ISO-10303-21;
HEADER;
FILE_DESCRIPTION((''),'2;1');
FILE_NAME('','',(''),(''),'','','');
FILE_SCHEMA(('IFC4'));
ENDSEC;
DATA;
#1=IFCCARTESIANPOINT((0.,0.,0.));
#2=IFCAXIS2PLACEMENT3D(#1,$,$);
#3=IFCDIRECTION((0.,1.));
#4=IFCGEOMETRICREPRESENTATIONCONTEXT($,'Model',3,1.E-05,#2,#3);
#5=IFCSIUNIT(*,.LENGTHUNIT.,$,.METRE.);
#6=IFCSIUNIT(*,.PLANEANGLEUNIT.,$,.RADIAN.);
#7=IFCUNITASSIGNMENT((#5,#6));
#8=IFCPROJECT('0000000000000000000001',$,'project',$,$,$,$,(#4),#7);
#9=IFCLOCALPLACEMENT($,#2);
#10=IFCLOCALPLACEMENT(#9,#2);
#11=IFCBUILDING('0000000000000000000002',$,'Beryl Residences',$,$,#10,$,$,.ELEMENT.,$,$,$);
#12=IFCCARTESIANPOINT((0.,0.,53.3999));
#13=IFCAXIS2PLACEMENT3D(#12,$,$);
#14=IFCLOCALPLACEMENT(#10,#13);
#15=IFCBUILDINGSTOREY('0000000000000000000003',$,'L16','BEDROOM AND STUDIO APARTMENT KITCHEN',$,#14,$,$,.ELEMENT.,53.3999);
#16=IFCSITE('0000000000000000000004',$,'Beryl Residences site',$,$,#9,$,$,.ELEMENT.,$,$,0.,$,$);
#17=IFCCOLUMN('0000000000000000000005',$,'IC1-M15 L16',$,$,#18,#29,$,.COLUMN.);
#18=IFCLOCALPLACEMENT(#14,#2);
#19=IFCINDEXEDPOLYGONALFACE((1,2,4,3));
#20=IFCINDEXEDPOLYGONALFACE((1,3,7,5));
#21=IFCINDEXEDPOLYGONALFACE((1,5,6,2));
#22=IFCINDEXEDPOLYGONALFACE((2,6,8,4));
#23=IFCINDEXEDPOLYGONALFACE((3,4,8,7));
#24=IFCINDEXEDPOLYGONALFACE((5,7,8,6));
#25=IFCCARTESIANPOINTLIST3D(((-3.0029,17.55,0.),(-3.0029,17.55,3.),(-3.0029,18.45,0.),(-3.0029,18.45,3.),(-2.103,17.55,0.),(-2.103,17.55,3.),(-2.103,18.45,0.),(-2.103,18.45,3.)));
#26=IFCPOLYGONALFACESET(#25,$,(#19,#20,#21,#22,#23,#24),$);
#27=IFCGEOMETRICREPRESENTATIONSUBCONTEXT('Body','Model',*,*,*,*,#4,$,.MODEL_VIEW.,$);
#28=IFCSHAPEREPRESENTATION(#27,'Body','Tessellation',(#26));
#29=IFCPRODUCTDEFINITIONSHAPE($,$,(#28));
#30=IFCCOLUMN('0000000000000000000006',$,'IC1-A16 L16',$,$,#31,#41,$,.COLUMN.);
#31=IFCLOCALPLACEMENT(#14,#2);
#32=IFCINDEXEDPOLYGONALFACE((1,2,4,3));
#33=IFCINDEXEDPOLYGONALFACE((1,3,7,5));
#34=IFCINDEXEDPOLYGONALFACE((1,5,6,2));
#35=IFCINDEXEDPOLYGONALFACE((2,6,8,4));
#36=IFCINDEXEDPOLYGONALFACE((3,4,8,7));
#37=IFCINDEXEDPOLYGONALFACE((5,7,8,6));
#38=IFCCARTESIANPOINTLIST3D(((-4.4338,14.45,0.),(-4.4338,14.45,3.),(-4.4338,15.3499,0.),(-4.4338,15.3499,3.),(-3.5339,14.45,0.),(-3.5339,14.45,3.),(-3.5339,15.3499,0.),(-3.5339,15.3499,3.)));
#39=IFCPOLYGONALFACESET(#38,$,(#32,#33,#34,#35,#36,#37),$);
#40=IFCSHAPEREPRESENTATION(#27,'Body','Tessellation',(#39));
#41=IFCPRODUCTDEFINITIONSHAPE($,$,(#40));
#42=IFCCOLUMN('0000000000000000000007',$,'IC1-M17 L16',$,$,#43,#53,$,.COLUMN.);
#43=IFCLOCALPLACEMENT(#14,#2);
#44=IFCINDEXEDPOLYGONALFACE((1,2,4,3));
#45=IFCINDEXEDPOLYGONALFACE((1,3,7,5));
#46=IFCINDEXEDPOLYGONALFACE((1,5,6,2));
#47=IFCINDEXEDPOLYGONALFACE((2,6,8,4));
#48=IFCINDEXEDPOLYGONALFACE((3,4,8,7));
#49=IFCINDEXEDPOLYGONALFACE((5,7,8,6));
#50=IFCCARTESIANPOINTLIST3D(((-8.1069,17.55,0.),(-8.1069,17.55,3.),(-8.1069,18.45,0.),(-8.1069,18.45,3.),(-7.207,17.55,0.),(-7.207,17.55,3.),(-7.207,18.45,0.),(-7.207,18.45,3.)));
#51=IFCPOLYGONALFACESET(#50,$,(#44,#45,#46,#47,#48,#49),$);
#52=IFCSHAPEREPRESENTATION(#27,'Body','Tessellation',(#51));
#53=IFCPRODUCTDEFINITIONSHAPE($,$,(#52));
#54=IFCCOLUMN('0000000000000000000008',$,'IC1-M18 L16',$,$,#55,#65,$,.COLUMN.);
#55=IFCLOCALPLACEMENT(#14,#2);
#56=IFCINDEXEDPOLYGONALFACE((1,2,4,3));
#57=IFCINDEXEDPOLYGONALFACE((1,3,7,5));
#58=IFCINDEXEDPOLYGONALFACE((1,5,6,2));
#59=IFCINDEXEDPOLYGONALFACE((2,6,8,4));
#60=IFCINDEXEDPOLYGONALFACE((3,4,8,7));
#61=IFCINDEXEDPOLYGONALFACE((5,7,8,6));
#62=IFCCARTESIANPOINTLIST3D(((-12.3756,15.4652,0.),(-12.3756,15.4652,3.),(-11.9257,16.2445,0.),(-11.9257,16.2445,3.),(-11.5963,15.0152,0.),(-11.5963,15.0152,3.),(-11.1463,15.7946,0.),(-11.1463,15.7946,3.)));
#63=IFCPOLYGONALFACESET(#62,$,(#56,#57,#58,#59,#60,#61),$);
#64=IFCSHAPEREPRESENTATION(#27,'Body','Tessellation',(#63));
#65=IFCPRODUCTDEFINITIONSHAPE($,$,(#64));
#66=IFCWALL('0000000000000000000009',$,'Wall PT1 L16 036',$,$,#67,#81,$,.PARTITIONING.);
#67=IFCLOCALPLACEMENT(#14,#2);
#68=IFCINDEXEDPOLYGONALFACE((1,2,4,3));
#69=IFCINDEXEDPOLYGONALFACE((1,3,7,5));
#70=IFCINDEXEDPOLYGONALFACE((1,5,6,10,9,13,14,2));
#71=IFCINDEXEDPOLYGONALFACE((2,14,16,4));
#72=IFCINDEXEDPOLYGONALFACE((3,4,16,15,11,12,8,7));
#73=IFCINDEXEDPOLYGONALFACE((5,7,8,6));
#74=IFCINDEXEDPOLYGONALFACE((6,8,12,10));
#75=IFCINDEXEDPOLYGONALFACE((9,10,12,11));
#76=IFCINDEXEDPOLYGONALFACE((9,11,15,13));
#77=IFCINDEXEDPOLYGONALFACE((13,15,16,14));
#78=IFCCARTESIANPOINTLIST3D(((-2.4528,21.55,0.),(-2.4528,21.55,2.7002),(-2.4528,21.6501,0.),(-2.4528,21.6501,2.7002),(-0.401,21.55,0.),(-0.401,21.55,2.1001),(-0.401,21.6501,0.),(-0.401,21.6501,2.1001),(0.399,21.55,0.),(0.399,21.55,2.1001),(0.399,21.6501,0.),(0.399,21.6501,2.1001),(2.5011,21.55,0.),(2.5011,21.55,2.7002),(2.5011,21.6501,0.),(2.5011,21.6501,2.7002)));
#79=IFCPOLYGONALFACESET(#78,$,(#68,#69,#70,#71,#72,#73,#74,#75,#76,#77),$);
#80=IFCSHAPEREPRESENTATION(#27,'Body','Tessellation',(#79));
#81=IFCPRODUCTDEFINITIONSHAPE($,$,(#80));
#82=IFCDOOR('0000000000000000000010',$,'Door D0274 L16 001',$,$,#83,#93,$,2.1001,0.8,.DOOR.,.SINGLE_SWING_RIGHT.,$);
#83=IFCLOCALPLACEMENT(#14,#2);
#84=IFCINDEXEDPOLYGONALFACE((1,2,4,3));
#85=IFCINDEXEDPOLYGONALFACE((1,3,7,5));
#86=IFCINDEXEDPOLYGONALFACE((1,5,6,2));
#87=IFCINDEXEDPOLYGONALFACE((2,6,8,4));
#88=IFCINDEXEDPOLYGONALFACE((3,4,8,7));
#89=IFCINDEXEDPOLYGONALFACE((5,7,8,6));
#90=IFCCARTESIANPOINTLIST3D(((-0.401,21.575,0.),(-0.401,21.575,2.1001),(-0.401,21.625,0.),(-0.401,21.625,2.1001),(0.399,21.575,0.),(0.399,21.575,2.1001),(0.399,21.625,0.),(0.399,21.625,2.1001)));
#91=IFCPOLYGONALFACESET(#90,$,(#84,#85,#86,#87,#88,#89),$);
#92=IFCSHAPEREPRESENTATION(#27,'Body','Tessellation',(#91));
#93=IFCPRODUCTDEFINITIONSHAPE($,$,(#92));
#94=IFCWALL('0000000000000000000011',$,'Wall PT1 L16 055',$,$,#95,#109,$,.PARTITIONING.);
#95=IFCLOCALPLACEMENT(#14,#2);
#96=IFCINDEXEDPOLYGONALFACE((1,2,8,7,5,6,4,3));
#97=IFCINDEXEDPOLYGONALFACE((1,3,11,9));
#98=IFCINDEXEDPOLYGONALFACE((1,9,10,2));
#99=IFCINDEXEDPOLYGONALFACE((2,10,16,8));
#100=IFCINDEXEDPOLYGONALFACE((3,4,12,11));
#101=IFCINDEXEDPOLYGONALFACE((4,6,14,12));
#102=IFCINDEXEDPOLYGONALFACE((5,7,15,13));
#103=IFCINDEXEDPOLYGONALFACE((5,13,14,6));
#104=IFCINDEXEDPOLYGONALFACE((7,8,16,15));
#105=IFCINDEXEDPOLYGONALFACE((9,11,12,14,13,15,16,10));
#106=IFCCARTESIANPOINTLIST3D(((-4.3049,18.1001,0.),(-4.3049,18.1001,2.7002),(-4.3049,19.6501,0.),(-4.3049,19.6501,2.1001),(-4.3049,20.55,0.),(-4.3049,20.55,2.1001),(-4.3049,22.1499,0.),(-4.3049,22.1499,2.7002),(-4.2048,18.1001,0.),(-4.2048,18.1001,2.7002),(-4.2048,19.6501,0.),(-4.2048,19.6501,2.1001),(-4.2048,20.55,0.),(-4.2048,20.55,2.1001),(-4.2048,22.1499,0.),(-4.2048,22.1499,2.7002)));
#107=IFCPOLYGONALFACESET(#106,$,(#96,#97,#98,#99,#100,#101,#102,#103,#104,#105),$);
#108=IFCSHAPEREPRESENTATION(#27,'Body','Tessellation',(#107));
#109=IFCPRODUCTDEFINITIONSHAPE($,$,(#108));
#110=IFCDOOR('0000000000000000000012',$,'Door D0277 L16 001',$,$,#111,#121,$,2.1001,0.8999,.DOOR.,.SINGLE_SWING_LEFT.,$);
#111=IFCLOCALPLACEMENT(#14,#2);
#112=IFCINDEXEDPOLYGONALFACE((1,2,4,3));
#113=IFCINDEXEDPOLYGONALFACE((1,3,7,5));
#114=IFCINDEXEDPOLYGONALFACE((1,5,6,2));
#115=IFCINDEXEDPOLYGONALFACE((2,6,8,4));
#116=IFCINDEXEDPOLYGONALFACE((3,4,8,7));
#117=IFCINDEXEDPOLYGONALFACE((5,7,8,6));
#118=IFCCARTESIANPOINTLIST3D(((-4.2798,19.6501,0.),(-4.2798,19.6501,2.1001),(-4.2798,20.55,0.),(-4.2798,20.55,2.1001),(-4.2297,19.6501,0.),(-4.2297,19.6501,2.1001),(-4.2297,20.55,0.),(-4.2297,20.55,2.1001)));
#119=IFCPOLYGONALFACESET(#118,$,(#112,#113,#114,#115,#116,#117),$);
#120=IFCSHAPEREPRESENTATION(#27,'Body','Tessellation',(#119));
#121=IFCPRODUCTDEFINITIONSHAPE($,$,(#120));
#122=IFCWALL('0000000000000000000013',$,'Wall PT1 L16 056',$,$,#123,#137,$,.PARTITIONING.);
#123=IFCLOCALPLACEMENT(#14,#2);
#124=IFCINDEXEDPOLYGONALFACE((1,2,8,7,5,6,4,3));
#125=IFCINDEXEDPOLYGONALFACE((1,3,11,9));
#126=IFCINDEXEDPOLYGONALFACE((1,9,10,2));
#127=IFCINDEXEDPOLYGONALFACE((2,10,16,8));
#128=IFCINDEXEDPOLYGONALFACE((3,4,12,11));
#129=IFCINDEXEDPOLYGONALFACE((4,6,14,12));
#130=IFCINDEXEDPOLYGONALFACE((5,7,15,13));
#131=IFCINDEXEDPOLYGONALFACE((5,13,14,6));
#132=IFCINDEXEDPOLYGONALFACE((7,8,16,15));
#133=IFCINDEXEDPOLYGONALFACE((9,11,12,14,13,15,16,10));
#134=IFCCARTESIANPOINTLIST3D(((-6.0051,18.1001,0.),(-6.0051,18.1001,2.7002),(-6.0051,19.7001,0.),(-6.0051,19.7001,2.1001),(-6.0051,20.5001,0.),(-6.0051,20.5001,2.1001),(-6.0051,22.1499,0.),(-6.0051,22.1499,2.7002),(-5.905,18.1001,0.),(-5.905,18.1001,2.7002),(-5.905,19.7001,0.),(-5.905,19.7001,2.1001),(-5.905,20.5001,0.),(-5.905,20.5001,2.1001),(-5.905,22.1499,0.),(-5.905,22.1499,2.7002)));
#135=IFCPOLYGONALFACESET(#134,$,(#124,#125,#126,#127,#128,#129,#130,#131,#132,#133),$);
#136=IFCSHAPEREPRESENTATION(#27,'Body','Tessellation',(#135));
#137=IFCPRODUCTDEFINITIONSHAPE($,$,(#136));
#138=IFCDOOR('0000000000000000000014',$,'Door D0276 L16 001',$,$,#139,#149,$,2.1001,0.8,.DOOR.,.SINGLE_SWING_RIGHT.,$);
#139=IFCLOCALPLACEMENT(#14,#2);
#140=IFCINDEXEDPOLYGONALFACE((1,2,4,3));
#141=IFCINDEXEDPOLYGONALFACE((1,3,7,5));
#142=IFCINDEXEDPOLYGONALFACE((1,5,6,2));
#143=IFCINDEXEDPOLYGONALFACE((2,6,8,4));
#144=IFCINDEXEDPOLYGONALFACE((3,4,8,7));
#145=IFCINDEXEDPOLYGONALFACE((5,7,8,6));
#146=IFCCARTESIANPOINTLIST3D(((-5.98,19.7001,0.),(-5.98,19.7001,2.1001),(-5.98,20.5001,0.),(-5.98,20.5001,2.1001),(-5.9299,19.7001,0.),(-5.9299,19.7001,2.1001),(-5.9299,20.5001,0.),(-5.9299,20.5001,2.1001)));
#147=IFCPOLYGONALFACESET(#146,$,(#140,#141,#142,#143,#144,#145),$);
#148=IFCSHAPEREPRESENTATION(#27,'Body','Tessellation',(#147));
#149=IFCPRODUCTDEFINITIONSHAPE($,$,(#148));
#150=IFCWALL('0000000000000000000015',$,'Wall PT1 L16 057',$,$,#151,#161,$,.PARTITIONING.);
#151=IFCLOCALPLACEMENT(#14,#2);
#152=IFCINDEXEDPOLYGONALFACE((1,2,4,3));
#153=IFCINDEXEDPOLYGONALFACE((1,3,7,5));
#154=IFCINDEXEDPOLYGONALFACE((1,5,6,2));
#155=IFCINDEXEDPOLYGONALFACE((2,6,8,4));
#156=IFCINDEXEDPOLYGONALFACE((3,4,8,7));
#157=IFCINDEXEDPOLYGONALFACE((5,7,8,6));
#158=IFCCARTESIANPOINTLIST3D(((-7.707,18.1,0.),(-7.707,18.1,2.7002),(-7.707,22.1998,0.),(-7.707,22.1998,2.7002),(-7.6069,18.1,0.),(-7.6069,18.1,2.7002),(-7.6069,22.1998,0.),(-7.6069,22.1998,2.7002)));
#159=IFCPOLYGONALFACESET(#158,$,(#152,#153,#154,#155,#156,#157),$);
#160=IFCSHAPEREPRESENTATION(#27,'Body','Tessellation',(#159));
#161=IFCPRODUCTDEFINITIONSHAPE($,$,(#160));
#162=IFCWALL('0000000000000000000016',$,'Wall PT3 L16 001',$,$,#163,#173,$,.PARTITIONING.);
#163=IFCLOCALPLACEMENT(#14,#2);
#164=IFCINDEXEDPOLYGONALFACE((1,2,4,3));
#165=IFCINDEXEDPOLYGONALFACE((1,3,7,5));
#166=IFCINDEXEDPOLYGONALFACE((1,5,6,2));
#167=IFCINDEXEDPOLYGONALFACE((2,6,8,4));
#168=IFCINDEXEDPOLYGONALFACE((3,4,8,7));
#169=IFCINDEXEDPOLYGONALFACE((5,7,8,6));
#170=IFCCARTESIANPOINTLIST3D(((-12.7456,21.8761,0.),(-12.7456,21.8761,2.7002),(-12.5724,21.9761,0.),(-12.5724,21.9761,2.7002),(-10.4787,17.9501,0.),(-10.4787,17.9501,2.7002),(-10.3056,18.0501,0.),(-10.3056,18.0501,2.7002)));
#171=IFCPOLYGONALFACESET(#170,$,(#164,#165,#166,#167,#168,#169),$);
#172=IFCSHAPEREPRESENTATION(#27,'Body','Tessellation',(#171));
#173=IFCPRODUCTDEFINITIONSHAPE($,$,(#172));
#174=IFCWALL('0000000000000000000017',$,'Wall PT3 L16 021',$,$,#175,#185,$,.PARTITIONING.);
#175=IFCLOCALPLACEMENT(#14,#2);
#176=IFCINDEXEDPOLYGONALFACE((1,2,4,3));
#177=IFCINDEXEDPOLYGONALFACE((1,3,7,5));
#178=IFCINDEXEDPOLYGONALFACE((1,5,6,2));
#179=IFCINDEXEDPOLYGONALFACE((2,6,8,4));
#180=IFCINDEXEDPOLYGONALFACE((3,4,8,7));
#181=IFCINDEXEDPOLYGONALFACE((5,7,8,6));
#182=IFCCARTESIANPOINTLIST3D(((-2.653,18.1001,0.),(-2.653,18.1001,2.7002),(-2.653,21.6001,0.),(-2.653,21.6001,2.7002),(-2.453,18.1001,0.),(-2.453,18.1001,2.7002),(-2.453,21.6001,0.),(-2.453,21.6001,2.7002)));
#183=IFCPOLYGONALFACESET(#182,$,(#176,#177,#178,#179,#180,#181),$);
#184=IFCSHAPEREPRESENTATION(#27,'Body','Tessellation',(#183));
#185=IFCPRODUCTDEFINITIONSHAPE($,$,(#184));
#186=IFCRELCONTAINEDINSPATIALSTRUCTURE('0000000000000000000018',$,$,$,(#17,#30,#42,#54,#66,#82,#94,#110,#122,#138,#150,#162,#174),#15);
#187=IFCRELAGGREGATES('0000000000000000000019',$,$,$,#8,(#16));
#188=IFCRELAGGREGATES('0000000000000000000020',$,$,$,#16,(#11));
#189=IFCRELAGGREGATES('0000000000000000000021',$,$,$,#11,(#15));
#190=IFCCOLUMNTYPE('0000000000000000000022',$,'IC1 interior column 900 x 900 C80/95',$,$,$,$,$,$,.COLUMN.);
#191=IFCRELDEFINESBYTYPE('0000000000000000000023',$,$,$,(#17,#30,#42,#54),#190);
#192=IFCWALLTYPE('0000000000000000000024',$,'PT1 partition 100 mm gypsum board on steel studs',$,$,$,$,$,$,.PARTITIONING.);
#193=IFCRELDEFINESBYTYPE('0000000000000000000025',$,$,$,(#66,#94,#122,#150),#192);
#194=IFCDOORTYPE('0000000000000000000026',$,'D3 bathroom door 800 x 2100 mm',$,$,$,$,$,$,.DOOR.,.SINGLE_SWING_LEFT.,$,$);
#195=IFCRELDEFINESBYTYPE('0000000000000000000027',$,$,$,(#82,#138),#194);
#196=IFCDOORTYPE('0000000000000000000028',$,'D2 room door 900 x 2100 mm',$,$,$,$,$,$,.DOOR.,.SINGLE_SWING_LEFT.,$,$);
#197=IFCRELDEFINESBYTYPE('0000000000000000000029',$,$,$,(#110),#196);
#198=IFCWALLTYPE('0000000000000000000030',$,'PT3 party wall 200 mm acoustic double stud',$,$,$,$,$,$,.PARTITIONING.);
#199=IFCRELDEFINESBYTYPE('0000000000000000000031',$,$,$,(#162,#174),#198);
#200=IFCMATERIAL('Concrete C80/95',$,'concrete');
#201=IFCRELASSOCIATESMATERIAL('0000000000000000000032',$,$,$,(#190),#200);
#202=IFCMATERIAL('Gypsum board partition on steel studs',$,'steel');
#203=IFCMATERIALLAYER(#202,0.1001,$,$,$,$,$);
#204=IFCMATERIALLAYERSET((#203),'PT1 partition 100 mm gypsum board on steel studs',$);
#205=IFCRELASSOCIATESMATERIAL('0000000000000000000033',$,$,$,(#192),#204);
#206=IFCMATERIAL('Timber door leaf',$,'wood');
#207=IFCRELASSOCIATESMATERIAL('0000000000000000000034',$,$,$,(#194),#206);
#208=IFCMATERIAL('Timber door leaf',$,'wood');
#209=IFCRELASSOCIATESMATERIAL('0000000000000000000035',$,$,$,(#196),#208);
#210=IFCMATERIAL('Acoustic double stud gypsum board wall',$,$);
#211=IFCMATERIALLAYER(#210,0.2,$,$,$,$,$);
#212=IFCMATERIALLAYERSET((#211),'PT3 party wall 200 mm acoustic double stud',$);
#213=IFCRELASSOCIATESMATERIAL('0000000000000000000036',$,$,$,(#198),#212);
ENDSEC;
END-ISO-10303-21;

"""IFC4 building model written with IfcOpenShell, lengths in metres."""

from ifc_helpers import new_model, si_unit, direction, frame, frame_2d, origin, origin_2d, place, context, subcontext, project, spatial, rectangle, extrude, material, layer, layer_set, material_profile, profile_set, type_object, element, fill, save


model = new_model("IFC4")

# Units and contexts
model_context = context("Model", 3, precision=1e-05, world=origin(), true_north=direction((0.0, 1.0)))
body_context = subcontext(model_context, "Body", "Model", "MODEL_VIEW")
ifc_project = project(units=[si_unit("LENGTHUNIT", "METRE"), si_unit("PLANEANGLEUNIT", "RADIAN")], contexts=[model_context])

# Site, building, storey
site_placement = place(None, origin())
site = spatial("IfcSite", under=ifc_project, at=site_placement, Name="Beryl Residences site", CompositionType="ELEMENT", RefElevation=0.0)
building_placement = place(site_placement, origin())
building = spatial("IfcBuilding", under=site, at=building_placement, Name="Beryl Residences", CompositionType="ELEMENT")
storey_placement = place(building_placement, frame((0.0, 0.0, 53.3999)))
storey = spatial("IfcBuildingStorey", under=building, at=storey_placement, Name="L16", Description="BEDROOM AND STUDIO APARTMENT KITCHEN", CompositionType="ELEMENT", Elevation=53.3999)

# Columns
ifc_material_1 = material(Name="Concrete C80/95", Category="concrete")
ifc_material_profile = material_profile(ifc_material_1, rectangle(XDim=0.8999, YDim=0.8999, at=origin_2d()))
ifc_profile_set = profile_set([ifc_material_profile], Name="Concrete C80/95")
column_type = type_object("IfcColumnType", Name="IC1 interior column 900 x 900 C80/95", PredefinedType="COLUMN", material=ifc_profile_set)
for number, where, z_axis, x_axis, name in (
    (1, (-2.553, 18.0, 0.0), (0.0, 0.0, 1.0), (-1.0, 0.0, 0.0), "IC1-M15 L16"),
    (2, (-3.9839, 14.8999, 0.0), (0.0, 0.0, 1.0), (1.0, 0.0, 0.0), "IC1-A16 L16"),
    (3, (-7.657, 18.0, 0.0), (0.0, 0.0, 1.0), (-1.0, 0.0, 0.0), "IC1-M17 L16"),
    (4, (-11.761, 15.6299, 0.0), (0.0, 0.0, 1.0), (-0.499985, -0.866034, 0.0), "IC1-M18 L16"),
):
    element("IfcColumn", number, at=place(storey_placement, frame(where, z_axis=z_axis, x_axis=x_axis)), inside=storey, type_object=column_type, Name=name, PredefinedType="COLUMN", context=body_context, shape_type="SweptSolid", body=[
        extrude(rectangle(XDim=0.8999, YDim=0.8999, at=origin_2d()), origin(), (0.0, 0.0, 1.0), 3.0),
    ])

# Walls, openings, doors
ifc_material_2 = material(Name="Gypsum board partition on steel studs", Category="steel")
ifc_layer_1 = layer(ifc_material_2, 0.1001)
ifc_layer_set_1 = layer_set([ifc_layer_1], Name="PT1 partition 100 mm gypsum board on steel studs")
wall_type_1 = type_object("IfcWallType", Name="PT1 partition 100 mm gypsum board on steel studs", PredefinedType="PARTITIONING", material=ifc_layer_set_1)
wall_1_placement = place(storey_placement, frame((-2.4529, 21.6001, 0.0), z_axis=(0.0, 0.0, 1.0), x_axis=(1.0, 0.0, 0.0)))
wall_1 = element("IfcWall", 5, at=wall_1_placement, inside=storey, type_object=wall_type_1, Name="Wall PT1 L16 036", PredefinedType="PARTITIONING", context=body_context, shape_type="SweptSolid", body=[
    extrude(rectangle(XDim=4.9539, YDim=0.1001, at=frame_2d((2.4771, 0.0))), origin(), (0.0, 0.0, 1.0), 2.7002),
])
opening_1_placement = place(wall_1_placement, frame((2.052, 0.0, 0.0)))
opening_1 = element("IfcOpeningElement", 6, at=opening_1_placement, cuts=wall_1, PredefinedType="OPENING", context=body_context, shape_type="SweptSolid", body=[
    extrude(rectangle(XDim=0.8, YDim=2.1001, at=frame_2d((0.3999, 1.05))), frame((0.0, 0.0601, 0.0), z_axis=(0.0, -1.0, 0.0), x_axis=(1.0, 0.0, 0.0)), (0.0, 0.0, 1.0), 0.1201),
])
ifc_material_3 = material(Name="Timber door leaf", Category="wood")
door_type_1 = type_object("IfcDoorType", Name="D3 bathroom door 800 x 2100 mm", OperationType="SINGLE_SWING_LEFT", PredefinedType="DOOR", material=ifc_material_3)
door_1_placement = place(opening_1_placement, origin())
door_1 = element("IfcDoor", 7, at=door_1_placement, inside=storey, type_object=door_type_1, Name="Door D0274 L16 001", OperationType="SINGLE_SWING_RIGHT", OverallHeight=2.1001, OverallWidth=0.8, PredefinedType="DOOR", context=body_context, shape_type="SweptSolid", body=[
    extrude(rectangle(XDim=0.8, YDim=2.1001, at=frame_2d((0.3999, 1.05))), frame((0.0, 0.0249, 0.0), z_axis=(0.0, -1.0, 0.0), x_axis=(1.0, 0.0, 0.0)), (0.0, 0.0, 1.0), 0.05),
])
fill(opening_1, door_1)
wall_2_placement = place(storey_placement, frame((-4.2549, 18.1001, 0.0), z_axis=(0.0, 0.0, 1.0), x_axis=(0.0, 1.0, 0.0)))
wall_2 = element("IfcWall", 8, at=wall_2_placement, inside=storey, type_object=wall_type_1, Name="Wall PT1 L16 055", PredefinedType="PARTITIONING", context=body_context, shape_type="SweptSolid", body=[
    extrude(rectangle(XDim=4.0498, YDim=0.1001, at=frame_2d((2.0249, 0.0))), origin(), (0.0, 0.0, 1.0), 2.7002),
])
opening_2_placement = place(wall_2_placement, frame((1.55, 0.0, 0.0)))
opening_2 = element("IfcOpeningElement", 9, at=opening_2_placement, cuts=wall_2, PredefinedType="OPENING", context=body_context, shape_type="SweptSolid", body=[
    extrude(rectangle(XDim=0.8999, YDim=2.1001, at=frame_2d((0.45, 1.05))), frame((0.0, 0.0601, 0.0), z_axis=(0.0, -1.0, 0.0), x_axis=(1.0, 0.0, 0.0)), (0.0, 0.0, 1.0), 0.1201),
])
ifc_material_4 = material(Name="Timber door leaf", Category="wood")
door_type_2 = type_object("IfcDoorType", Name="D2 room door 900 x 2100 mm", OperationType="SINGLE_SWING_LEFT", PredefinedType="DOOR", material=ifc_material_4)
door_2_placement = place(opening_2_placement, origin())
door_2 = element("IfcDoor", 10, at=door_2_placement, inside=storey, type_object=door_type_2, Name="Door D0277 L16 001", OperationType="SINGLE_SWING_LEFT", OverallHeight=2.1001, OverallWidth=0.8999, PredefinedType="DOOR", context=body_context, shape_type="SweptSolid", body=[
    extrude(rectangle(XDim=0.8999, YDim=2.1001, at=frame_2d((0.45, 1.05))), frame((0.0, 0.0249, 0.0), z_axis=(0.0, -1.0, 0.0), x_axis=(1.0, 0.0, 0.0)), (0.0, 0.0, 1.0), 0.05),
])
fill(opening_2, door_2)
wall_3_placement = place(storey_placement, frame((-5.9551, 18.1001, 0.0), z_axis=(0.0, 0.0, 1.0), x_axis=(0.0, 1.0, 0.0)))
wall_3 = element("IfcWall", 11, at=wall_3_placement, inside=storey, type_object=wall_type_1, Name="Wall PT1 L16 056", PredefinedType="PARTITIONING", context=body_context, shape_type="SweptSolid", body=[
    extrude(rectangle(XDim=4.0498, YDim=0.1001, at=frame_2d((2.0249, 0.0))), origin(), (0.0, 0.0, 1.0), 2.7002),
])
opening_3_placement = place(wall_3_placement, frame((1.6001, 0.0, 0.0)))
opening_3 = element("IfcOpeningElement", 12, at=opening_3_placement, cuts=wall_3, PredefinedType="OPENING", context=body_context, shape_type="SweptSolid", body=[
    extrude(rectangle(XDim=0.8, YDim=2.1001, at=frame_2d((0.3999, 1.05))), frame((0.0, 0.0601, 0.0), z_axis=(0.0, -1.0, 0.0), x_axis=(1.0, 0.0, 0.0)), (0.0, 0.0, 1.0), 0.1201),
])
door_3_placement = place(opening_3_placement, origin())
door_3 = element("IfcDoor", 13, at=door_3_placement, inside=storey, type_object=door_type_1, Name="Door D0276 L16 001", OperationType="SINGLE_SWING_RIGHT", OverallHeight=2.1001, OverallWidth=0.8, PredefinedType="DOOR", context=body_context, shape_type="SweptSolid", body=[
    extrude(rectangle(XDim=0.8, YDim=2.1001, at=frame_2d((0.3999, 1.05))), frame((0.0, 0.0249, 0.0), z_axis=(0.0, -1.0, 0.0), x_axis=(1.0, 0.0, 0.0)), (0.0, 0.0, 1.0), 0.05),
])
fill(opening_3, door_3)

# Walls
wall_4_placement = place(storey_placement, frame((-7.657, 18.1001, 0.0), z_axis=(0.0, 0.0, 1.0), x_axis=(0.0, 1.0, 0.0)))
element("IfcWall", 14, at=wall_4_placement, inside=storey, type_object=wall_type_1, Name="Wall PT1 L16 057", PredefinedType="PARTITIONING", context=body_context, shape_type="SweptSolid", body=[
    extrude(rectangle(XDim=4.0999, YDim=0.1001, at=frame_2d((2.0498, 0.0))), origin(), (0.0, 0.0, 1.0), 2.7002),
])
ifc_material_5 = material(Name="Acoustic double stud gypsum board wall")
ifc_layer_2 = layer(ifc_material_5, 0.2)
ifc_layer_set_2 = layer_set([ifc_layer_2], Name="PT3 party wall 200 mm acoustic double stud")
wall_type_2 = type_object("IfcWallType", Name="PT3 party wall 200 mm acoustic double stud", PredefinedType="PARTITIONING", material=ifc_layer_set_2)
wall_5_placement = place(storey_placement, frame((-12.6589, 21.926, 0.0), z_axis=(0.0, 0.0, 1.0), x_axis=(0.500025, -0.866011, 0.0)))
element("IfcWall", 15, at=wall_5_placement, inside=storey, type_object=wall_type_2, Name="Wall PT3 L16 001", PredefinedType="PARTITIONING", context=body_context, shape_type="SweptSolid", body=[
    extrude(rectangle(XDim=4.5334, YDim=0.2, at=frame_2d((2.2666, 0.0))), origin(), (0.0, 0.0, 1.0), 2.7002),
])
wall_6_placement = place(storey_placement, frame((-2.553, 18.1001, 0.0), z_axis=(0.0, 0.0, 1.0), x_axis=(0.0, 1.0, 0.0)))
element("IfcWall", 16, at=wall_6_placement, inside=storey, type_object=wall_type_2, Name="Wall PT3 L16 021", PredefinedType="PARTITIONING", context=body_context, shape_type="SweptSolid", body=[
    extrude(rectangle(XDim=3.5, YDim=0.2, at=frame_2d((1.75, 0.0))), origin(), (0.0, 0.0, 1.0), 2.7002),
])

save(model, "model.ifc")
